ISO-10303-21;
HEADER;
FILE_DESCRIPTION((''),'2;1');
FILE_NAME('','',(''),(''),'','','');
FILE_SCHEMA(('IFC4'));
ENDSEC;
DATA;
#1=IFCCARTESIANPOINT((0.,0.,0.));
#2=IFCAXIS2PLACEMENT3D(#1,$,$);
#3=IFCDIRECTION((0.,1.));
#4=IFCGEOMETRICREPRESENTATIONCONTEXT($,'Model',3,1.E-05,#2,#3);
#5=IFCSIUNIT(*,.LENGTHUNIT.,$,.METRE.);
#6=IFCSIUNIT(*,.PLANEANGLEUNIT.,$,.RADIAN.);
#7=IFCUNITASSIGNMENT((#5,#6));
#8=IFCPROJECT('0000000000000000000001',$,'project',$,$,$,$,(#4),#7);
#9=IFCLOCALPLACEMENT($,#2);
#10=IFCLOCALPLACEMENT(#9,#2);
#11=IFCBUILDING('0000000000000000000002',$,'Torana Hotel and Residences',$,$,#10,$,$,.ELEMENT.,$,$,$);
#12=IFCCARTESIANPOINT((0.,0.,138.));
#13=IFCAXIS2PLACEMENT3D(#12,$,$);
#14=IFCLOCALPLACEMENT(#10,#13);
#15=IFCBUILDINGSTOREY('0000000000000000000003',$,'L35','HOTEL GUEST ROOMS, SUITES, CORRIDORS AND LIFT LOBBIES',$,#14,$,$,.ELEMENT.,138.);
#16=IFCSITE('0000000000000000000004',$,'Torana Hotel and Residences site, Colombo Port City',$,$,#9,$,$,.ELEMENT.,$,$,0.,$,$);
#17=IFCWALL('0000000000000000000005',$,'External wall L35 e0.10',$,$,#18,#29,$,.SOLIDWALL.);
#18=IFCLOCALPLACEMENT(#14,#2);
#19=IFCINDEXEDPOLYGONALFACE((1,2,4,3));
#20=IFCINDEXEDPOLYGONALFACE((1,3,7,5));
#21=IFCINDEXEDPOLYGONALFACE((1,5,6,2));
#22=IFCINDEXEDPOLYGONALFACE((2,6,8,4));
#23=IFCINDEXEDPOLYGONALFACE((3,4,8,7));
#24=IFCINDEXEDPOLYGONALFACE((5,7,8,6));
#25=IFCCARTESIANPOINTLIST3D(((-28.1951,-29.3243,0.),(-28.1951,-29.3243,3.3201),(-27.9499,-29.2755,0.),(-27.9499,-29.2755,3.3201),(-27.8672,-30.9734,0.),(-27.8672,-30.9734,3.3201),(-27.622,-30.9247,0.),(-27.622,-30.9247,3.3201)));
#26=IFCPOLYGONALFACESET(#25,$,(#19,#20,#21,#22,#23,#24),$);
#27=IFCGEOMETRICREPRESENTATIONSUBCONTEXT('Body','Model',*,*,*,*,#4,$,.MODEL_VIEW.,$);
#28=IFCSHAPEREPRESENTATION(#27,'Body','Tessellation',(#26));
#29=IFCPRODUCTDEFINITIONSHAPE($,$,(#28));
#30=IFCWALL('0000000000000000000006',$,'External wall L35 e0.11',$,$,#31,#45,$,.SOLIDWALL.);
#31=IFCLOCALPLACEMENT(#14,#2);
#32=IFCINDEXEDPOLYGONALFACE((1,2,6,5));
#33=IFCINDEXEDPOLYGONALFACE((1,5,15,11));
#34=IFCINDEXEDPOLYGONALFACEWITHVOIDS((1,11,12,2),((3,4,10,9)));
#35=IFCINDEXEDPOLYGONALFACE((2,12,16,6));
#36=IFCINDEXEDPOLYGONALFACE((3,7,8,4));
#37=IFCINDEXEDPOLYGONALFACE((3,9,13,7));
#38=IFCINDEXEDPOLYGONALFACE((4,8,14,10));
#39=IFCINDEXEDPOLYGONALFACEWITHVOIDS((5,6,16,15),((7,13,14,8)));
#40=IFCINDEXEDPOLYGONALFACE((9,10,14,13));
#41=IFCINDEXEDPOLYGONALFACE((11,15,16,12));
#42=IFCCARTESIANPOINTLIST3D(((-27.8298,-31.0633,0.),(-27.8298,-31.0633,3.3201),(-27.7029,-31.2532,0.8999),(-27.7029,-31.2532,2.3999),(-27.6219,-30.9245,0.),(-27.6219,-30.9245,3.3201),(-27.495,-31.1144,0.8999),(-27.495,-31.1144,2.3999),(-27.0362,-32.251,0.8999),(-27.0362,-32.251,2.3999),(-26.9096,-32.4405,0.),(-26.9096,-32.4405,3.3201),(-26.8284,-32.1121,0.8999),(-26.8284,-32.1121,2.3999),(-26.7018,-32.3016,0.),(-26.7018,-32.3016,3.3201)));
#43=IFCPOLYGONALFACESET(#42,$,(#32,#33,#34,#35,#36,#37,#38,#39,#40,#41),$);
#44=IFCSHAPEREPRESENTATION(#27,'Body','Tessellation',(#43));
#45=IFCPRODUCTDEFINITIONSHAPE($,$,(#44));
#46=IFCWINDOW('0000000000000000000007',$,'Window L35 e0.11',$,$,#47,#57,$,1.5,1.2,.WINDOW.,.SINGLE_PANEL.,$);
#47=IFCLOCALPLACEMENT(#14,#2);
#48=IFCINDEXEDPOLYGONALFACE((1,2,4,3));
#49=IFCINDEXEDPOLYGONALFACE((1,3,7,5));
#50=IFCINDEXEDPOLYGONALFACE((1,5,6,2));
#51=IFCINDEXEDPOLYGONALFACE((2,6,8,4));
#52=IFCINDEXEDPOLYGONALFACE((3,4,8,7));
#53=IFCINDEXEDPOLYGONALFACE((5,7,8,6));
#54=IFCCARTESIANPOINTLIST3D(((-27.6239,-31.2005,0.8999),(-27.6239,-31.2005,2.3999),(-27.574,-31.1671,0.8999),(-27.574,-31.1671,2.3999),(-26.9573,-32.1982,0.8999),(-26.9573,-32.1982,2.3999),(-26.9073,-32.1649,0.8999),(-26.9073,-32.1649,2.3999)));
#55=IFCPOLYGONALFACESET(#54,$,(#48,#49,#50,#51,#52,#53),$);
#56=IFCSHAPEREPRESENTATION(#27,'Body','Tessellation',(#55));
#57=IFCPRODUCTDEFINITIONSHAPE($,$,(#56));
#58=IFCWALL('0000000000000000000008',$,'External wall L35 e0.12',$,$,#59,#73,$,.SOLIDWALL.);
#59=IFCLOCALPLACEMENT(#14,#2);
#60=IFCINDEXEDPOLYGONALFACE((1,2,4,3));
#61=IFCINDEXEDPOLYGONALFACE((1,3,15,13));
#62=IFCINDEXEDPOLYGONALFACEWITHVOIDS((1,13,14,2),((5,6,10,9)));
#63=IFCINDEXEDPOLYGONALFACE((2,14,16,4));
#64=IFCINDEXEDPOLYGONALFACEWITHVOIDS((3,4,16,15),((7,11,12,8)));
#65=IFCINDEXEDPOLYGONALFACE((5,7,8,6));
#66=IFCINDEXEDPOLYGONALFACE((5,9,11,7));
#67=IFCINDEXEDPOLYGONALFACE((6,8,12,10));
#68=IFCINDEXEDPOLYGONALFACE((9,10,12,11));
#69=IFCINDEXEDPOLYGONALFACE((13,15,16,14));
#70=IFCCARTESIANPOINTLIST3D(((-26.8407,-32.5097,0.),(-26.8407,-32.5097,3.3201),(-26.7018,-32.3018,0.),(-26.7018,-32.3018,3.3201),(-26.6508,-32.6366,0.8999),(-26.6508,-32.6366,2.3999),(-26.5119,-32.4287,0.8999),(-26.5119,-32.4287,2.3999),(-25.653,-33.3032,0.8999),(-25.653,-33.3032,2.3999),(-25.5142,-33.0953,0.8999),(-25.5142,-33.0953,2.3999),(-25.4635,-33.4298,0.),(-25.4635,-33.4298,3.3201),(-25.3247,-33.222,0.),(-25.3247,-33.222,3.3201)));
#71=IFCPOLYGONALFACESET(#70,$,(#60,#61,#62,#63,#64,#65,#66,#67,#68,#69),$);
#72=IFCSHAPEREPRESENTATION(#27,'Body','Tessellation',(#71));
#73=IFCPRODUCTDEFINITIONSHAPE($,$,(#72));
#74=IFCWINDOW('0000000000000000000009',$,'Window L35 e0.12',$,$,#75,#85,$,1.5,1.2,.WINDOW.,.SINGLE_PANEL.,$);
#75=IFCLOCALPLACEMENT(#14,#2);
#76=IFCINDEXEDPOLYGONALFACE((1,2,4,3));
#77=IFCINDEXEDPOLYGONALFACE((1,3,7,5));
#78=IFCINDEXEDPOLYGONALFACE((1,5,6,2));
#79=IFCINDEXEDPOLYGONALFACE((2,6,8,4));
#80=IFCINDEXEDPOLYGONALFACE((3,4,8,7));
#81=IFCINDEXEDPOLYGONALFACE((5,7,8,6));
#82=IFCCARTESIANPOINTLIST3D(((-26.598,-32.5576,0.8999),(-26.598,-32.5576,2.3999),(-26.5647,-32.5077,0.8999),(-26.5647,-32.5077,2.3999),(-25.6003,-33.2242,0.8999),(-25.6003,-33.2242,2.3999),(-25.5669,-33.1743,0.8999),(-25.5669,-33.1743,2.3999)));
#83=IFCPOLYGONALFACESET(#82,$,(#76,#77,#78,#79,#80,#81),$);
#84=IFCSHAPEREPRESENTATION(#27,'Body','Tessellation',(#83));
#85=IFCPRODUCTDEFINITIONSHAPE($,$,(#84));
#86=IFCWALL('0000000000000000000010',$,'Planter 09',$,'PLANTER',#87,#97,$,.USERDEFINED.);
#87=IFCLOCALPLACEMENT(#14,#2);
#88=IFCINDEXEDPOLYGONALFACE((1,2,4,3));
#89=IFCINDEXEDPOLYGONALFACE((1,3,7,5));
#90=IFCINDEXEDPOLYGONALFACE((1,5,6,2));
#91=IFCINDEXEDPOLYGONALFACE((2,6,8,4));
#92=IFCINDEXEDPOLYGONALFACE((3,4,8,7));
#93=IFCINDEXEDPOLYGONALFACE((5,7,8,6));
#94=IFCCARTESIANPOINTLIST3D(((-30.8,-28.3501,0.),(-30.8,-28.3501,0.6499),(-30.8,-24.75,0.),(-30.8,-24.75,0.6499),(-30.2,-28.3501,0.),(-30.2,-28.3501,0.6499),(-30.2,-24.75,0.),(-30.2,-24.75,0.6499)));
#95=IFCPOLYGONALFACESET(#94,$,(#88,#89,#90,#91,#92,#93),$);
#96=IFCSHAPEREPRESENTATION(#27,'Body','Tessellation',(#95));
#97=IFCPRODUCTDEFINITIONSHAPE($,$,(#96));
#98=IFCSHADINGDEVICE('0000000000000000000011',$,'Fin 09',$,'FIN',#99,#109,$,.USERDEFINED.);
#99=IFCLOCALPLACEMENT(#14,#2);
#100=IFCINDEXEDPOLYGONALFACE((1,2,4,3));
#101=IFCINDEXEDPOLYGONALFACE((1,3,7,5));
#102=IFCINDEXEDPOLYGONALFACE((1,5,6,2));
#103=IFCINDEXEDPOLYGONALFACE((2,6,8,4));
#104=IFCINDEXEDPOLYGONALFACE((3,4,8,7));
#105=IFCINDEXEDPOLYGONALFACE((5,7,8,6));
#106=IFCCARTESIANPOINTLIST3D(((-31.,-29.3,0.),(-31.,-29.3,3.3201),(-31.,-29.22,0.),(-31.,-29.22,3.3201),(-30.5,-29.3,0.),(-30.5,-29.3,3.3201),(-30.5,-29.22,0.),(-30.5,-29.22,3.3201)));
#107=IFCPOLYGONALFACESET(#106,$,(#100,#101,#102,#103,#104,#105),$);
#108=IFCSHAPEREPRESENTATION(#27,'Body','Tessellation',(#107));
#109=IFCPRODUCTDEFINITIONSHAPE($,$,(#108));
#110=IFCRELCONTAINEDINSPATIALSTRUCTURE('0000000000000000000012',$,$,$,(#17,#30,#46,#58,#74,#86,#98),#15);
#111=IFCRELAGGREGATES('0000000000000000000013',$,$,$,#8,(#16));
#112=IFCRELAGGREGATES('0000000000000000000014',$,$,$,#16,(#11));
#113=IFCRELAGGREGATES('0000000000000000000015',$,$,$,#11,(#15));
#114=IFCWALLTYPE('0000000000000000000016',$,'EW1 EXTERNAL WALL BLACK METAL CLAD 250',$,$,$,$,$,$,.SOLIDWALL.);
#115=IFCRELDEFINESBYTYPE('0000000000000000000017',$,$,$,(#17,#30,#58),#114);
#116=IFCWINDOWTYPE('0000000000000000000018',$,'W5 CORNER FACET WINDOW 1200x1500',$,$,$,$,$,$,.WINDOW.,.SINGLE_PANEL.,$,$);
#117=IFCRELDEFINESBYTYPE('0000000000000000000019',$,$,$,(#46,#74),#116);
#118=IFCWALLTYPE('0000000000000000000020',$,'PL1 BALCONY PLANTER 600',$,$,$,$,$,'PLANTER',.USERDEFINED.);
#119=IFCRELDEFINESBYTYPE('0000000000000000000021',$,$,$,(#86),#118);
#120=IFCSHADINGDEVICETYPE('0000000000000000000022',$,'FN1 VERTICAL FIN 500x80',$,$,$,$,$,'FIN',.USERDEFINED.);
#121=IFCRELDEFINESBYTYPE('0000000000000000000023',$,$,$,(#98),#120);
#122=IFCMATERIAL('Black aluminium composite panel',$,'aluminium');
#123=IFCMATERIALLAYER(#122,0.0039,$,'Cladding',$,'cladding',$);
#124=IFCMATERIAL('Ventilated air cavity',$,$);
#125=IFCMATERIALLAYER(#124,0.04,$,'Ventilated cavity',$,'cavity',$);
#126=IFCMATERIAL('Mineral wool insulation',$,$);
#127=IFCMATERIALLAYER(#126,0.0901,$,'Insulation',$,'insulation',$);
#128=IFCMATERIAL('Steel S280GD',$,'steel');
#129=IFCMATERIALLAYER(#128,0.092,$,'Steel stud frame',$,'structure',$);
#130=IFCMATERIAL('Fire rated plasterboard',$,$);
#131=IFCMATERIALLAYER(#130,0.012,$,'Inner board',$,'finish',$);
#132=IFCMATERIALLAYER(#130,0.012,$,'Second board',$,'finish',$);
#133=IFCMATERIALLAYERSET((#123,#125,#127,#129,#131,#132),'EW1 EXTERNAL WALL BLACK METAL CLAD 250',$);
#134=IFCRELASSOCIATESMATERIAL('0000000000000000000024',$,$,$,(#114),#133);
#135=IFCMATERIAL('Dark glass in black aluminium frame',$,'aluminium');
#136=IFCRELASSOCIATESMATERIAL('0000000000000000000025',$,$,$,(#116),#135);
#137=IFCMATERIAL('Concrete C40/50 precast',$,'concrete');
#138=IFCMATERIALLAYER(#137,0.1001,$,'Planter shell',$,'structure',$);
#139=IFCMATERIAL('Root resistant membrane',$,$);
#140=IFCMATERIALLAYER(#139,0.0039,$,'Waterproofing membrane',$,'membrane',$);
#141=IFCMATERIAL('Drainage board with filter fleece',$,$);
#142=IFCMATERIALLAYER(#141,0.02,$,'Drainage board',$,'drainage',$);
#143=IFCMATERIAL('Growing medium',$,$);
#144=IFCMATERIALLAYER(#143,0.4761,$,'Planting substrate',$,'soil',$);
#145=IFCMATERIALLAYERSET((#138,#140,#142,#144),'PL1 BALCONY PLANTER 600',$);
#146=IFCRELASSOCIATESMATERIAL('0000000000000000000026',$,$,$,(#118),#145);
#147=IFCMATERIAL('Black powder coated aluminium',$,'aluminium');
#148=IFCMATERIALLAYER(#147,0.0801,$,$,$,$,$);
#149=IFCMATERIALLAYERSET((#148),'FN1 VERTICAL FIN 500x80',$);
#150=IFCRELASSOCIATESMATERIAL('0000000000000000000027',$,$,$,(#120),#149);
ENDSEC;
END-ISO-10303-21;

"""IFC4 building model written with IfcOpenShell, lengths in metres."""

from ifc_helpers import new_model, si_unit, direction, frame, frame_2d, origin, origin_2d, place, context, subcontext, project, spatial, rectangle, extrude, material, layer, layer_set, type_object, element, fill, save


model = new_model("IFC4")

# Units and contexts
model_context = context("Model", 3, precision=1e-05, world=origin(), true_north=direction((0.0, 1.0)))
body_context = subcontext(model_context, "Body", "Model", "MODEL_VIEW")
ifc_project = project(units=[si_unit("LENGTHUNIT", "METRE"), si_unit("PLANEANGLEUNIT", "RADIAN")], contexts=[model_context])

# Site, building, storey
site_placement = place(None, origin())
site = spatial("IfcSite", under=ifc_project, at=site_placement, Name="Torana Hotel and Residences site, Colombo Port City", CompositionType="ELEMENT", RefElevation=0.0)
building_placement = place(site_placement, origin())
building = spatial("IfcBuilding", under=site, at=building_placement, Name="Torana Hotel and Residences", CompositionType="ELEMENT")
storey_placement = place(building_placement, frame((0.0, 0.0, 138.0)))
storey = spatial("IfcBuildingStorey", under=building, at=storey_placement, Name="L35", Description="HOTEL GUEST ROOMS, SUITES, CORRIDORS AND LIFT LOBBIES", CompositionType="ELEMENT", Elevation=138.0)

# Wall
ifc_material_1 = material(Name="Black aluminium composite panel", Category="aluminium")
ifc_layer_1 = layer(ifc_material_1, 0.0039, Name="Cladding", Category="cladding")
ifc_material_2 = material(Name="Ventilated air cavity")
ifc_layer_2 = layer(ifc_material_2, 0.04, Name="Ventilated cavity", Category="cavity")
ifc_material_3 = material(Name="Mineral wool insulation")
ifc_layer_3 = layer(ifc_material_3, 0.0901, Name="Insulation", Category="insulation")
ifc_material_4 = material(Name="Steel S280GD", Category="steel")
ifc_layer_4 = layer(ifc_material_4, 0.092, Name="Steel stud frame", Category="structure")
ifc_material_5 = material(Name="Fire rated plasterboard")
ifc_layer_5 = layer(ifc_material_5, 0.012, Name="Inner board", Category="finish")
ifc_layer_6 = layer(ifc_material_5, 0.012, Name="Second board", Category="finish")
ifc_layer_set_1 = layer_set([ifc_layer_1, ifc_layer_2, ifc_layer_3, ifc_layer_4, ifc_layer_5, ifc_layer_6], Name="EW1 EXTERNAL WALL BLACK METAL CLAD 250")
wall_type_1 = type_object("IfcWallType", Name="EW1 EXTERNAL WALL BLACK METAL CLAD 250", PredefinedType="SOLIDWALL", material=ifc_layer_set_1)
wall_1_placement = place(storey_placement, frame((-28.0725, -29.2998, 0.0), z_axis=(0.0, 0.0, 1.0), x_axis=(0.194999, -0.980803, 0.0)))
element("IfcWall", 1, at=wall_1_placement, inside=storey, type_object=wall_type_1, Name="External wall L35 e0.10", PredefinedType="SOLIDWALL", context=body_context, shape_type="SweptSolid", body=[
    extrude(rectangle(XDim=1.6814, YDim=0.25, at=frame_2d((0.8408, 0.0))), origin(), (0.0, 0.0, 1.0), 3.3201),
])

# Walls, openings, windows
wall_2_placement = place(storey_placement, frame((-27.7258, -30.9939, 0.0), z_axis=(0.0, 0.0, 1.0), x_axis=(0.55555, -0.831483, 0.0)))
wall_2 = element("IfcWall", 2, at=wall_2_placement, inside=storey, type_object=wall_type_1, Name="External wall L35 e0.11", PredefinedType="SOLIDWALL", context=body_context, shape_type="SweptSolid", body=[
    extrude(rectangle(XDim=1.6562, YDim=0.25, at=frame_2d((0.8281, 0.0))), origin(), (0.0, 0.0, 1.0), 3.3201),
])
opening_1_placement = place(wall_2_placement, frame((0.2283, 0.0, 0.8999)))
opening_1 = element("IfcOpeningElement", 3, at=opening_1_placement, cuts=wall_2, PredefinedType="OPENING", context=body_context, shape_type="SweptSolid", body=[
    extrude(rectangle(XDim=1.2, YDim=1.5, at=frame_2d((0.6001, 0.75))), frame((0.0, 0.135, 0.0), z_axis=(0.0, -1.0, 0.0), x_axis=(1.0, 0.0, 0.0)), (0.0, 0.0, 1.0), 0.27),
])
ifc_material_6 = material(Name="Dark glass in black aluminium frame", Category="aluminium")
window_type = type_object("IfcWindowType", Name="W5 CORNER FACET WINDOW 1200x1500", PartitioningType="SINGLE_PANEL", PredefinedType="WINDOW", material=ifc_material_6)
window_1_placement = place(opening_1_placement, origin())
window_1 = element("IfcWindow", 4, at=window_1_placement, inside=storey, type_object=window_type, Name="Window L35 e0.11", OverallHeight=1.5, OverallWidth=1.2, PartitioningType="SINGLE_PANEL", PredefinedType="WINDOW", context=body_context, shape_type="SweptSolid", body=[
    extrude(rectangle(XDim=1.2, YDim=1.5, at=frame_2d((0.6001, 0.75))), frame((0.0, 0.03, 0.0), z_axis=(0.0, -1.0, 0.0), x_axis=(1.0, 0.0, 0.0)), (0.0, 0.0, 1.0), 0.0601),
])
fill(opening_1, window_1)
wall_3_placement = place(storey_placement, frame((-26.7712, -32.4058, 0.0), z_axis=(0.0, 0.0, 1.0), x_axis=(0.831483, -0.55555, 0.0)))
wall_3 = element("IfcWall", 5, at=wall_3_placement, inside=storey, type_object=wall_type_1, Name="External wall L35 e0.12", PredefinedType="SOLIDWALL", context=body_context, shape_type="SweptSolid", body=[
    extrude(rectangle(XDim=1.6562, YDim=0.25, at=frame_2d((0.8281, 0.0))), origin(), (0.0, 0.0, 1.0), 3.3201),
])
opening_2_placement = place(wall_3_placement, frame((0.2283, 0.0, 0.8999)))
opening_2 = element("IfcOpeningElement", 6, at=opening_2_placement, cuts=wall_3, PredefinedType="OPENING", context=body_context, shape_type="SweptSolid", body=[
    extrude(rectangle(XDim=1.2, YDim=1.5, at=frame_2d((0.6001, 0.75))), frame((0.0, 0.135, 0.0), z_axis=(0.0, -1.0, 0.0), x_axis=(1.0, 0.0, 0.0)), (0.0, 0.0, 1.0), 0.27),
])
window_2_placement = place(opening_2_placement, origin())
window_2 = element("IfcWindow", 7, at=window_2_placement, inside=storey, type_object=window_type, Name="Window L35 e0.12", OverallHeight=1.5, OverallWidth=1.2, PartitioningType="SINGLE_PANEL", PredefinedType="WINDOW", context=body_context, shape_type="SweptSolid", body=[
    extrude(rectangle(XDim=1.2, YDim=1.5, at=frame_2d((0.6001, 0.75))), frame((0.0, 0.03, 0.0), z_axis=(0.0, -1.0, 0.0), x_axis=(1.0, 0.0, 0.0)), (0.0, 0.0, 1.0), 0.0601),
])
fill(opening_2, window_2)

# Wall
ifc_material_7 = material(Name="Concrete C40/50 precast", Category="concrete")
ifc_layer_7 = layer(ifc_material_7, 0.1001, Name="Planter shell", Category="structure")
ifc_material_8 = material(Name="Root resistant membrane")
ifc_layer_8 = layer(ifc_material_8, 0.0039, Name="Waterproofing membrane", Category="membrane")
ifc_material_9 = material(Name="Drainage board with filter fleece")
ifc_layer_9 = layer(ifc_material_9, 0.02, Name="Drainage board", Category="drainage")
ifc_material_10 = material(Name="Growing medium")
ifc_layer_10 = layer(ifc_material_10, 0.4761, Name="Planting substrate", Category="soil")
ifc_layer_set_2 = layer_set([ifc_layer_7, ifc_layer_8, ifc_layer_9, ifc_layer_10], Name="PL1 BALCONY PLANTER 600")
wall_type_2 = type_object("IfcWallType", Name="PL1 BALCONY PLANTER 600", ElementType="PLANTER", PredefinedType="USERDEFINED", material=ifc_layer_set_2)
wall_4_placement = place(storey_placement, frame((-30.5, -28.3501, 0.0), z_axis=(0.0, 0.0, 1.0), x_axis=(0.0, 1.0, 0.0)))
element("IfcWall", 8, at=wall_4_placement, inside=storey, type_object=wall_type_2, Name="Planter 09", ObjectType="PLANTER", PredefinedType="USERDEFINED", context=body_context, shape_type="SweptSolid", body=[
    extrude(rectangle(XDim=3.6001, YDim=0.6001, at=frame_2d((1.8, 0.0))), origin(), (0.0, 0.0, 1.0), 0.6499),
])

# Shading device
ifc_material_11 = material(Name="Black powder coated aluminium", Category="aluminium")
ifc_layer_11 = layer(ifc_material_11, 0.0801)
ifc_layer_set_3 = layer_set([ifc_layer_11], Name="FN1 VERTICAL FIN 500x80")
shading_device_type = type_object("IfcShadingDeviceType", Name="FN1 VERTICAL FIN 500x80", ElementType="FIN", PredefinedType="USERDEFINED", material=ifc_layer_set_3)
shading_device_placement = place(storey_placement, frame((-30.75, -29.26, 0.0), z_axis=(0.0, 0.0, 1.0), x_axis=(0.0, 1.0, 0.0)))
element("IfcShadingDevice", 9, at=shading_device_placement, inside=storey, type_object=shading_device_type, Name="Fin 09", ObjectType="FIN", PredefinedType="USERDEFINED", context=body_context, shape_type="SweptSolid", body=[
    extrude(rectangle(XDim=0.0801, YDim=0.5, at=origin_2d()), origin(), (0.0, 0.0, 1.0), 3.3201),
])

save(model, "model.ifc")
